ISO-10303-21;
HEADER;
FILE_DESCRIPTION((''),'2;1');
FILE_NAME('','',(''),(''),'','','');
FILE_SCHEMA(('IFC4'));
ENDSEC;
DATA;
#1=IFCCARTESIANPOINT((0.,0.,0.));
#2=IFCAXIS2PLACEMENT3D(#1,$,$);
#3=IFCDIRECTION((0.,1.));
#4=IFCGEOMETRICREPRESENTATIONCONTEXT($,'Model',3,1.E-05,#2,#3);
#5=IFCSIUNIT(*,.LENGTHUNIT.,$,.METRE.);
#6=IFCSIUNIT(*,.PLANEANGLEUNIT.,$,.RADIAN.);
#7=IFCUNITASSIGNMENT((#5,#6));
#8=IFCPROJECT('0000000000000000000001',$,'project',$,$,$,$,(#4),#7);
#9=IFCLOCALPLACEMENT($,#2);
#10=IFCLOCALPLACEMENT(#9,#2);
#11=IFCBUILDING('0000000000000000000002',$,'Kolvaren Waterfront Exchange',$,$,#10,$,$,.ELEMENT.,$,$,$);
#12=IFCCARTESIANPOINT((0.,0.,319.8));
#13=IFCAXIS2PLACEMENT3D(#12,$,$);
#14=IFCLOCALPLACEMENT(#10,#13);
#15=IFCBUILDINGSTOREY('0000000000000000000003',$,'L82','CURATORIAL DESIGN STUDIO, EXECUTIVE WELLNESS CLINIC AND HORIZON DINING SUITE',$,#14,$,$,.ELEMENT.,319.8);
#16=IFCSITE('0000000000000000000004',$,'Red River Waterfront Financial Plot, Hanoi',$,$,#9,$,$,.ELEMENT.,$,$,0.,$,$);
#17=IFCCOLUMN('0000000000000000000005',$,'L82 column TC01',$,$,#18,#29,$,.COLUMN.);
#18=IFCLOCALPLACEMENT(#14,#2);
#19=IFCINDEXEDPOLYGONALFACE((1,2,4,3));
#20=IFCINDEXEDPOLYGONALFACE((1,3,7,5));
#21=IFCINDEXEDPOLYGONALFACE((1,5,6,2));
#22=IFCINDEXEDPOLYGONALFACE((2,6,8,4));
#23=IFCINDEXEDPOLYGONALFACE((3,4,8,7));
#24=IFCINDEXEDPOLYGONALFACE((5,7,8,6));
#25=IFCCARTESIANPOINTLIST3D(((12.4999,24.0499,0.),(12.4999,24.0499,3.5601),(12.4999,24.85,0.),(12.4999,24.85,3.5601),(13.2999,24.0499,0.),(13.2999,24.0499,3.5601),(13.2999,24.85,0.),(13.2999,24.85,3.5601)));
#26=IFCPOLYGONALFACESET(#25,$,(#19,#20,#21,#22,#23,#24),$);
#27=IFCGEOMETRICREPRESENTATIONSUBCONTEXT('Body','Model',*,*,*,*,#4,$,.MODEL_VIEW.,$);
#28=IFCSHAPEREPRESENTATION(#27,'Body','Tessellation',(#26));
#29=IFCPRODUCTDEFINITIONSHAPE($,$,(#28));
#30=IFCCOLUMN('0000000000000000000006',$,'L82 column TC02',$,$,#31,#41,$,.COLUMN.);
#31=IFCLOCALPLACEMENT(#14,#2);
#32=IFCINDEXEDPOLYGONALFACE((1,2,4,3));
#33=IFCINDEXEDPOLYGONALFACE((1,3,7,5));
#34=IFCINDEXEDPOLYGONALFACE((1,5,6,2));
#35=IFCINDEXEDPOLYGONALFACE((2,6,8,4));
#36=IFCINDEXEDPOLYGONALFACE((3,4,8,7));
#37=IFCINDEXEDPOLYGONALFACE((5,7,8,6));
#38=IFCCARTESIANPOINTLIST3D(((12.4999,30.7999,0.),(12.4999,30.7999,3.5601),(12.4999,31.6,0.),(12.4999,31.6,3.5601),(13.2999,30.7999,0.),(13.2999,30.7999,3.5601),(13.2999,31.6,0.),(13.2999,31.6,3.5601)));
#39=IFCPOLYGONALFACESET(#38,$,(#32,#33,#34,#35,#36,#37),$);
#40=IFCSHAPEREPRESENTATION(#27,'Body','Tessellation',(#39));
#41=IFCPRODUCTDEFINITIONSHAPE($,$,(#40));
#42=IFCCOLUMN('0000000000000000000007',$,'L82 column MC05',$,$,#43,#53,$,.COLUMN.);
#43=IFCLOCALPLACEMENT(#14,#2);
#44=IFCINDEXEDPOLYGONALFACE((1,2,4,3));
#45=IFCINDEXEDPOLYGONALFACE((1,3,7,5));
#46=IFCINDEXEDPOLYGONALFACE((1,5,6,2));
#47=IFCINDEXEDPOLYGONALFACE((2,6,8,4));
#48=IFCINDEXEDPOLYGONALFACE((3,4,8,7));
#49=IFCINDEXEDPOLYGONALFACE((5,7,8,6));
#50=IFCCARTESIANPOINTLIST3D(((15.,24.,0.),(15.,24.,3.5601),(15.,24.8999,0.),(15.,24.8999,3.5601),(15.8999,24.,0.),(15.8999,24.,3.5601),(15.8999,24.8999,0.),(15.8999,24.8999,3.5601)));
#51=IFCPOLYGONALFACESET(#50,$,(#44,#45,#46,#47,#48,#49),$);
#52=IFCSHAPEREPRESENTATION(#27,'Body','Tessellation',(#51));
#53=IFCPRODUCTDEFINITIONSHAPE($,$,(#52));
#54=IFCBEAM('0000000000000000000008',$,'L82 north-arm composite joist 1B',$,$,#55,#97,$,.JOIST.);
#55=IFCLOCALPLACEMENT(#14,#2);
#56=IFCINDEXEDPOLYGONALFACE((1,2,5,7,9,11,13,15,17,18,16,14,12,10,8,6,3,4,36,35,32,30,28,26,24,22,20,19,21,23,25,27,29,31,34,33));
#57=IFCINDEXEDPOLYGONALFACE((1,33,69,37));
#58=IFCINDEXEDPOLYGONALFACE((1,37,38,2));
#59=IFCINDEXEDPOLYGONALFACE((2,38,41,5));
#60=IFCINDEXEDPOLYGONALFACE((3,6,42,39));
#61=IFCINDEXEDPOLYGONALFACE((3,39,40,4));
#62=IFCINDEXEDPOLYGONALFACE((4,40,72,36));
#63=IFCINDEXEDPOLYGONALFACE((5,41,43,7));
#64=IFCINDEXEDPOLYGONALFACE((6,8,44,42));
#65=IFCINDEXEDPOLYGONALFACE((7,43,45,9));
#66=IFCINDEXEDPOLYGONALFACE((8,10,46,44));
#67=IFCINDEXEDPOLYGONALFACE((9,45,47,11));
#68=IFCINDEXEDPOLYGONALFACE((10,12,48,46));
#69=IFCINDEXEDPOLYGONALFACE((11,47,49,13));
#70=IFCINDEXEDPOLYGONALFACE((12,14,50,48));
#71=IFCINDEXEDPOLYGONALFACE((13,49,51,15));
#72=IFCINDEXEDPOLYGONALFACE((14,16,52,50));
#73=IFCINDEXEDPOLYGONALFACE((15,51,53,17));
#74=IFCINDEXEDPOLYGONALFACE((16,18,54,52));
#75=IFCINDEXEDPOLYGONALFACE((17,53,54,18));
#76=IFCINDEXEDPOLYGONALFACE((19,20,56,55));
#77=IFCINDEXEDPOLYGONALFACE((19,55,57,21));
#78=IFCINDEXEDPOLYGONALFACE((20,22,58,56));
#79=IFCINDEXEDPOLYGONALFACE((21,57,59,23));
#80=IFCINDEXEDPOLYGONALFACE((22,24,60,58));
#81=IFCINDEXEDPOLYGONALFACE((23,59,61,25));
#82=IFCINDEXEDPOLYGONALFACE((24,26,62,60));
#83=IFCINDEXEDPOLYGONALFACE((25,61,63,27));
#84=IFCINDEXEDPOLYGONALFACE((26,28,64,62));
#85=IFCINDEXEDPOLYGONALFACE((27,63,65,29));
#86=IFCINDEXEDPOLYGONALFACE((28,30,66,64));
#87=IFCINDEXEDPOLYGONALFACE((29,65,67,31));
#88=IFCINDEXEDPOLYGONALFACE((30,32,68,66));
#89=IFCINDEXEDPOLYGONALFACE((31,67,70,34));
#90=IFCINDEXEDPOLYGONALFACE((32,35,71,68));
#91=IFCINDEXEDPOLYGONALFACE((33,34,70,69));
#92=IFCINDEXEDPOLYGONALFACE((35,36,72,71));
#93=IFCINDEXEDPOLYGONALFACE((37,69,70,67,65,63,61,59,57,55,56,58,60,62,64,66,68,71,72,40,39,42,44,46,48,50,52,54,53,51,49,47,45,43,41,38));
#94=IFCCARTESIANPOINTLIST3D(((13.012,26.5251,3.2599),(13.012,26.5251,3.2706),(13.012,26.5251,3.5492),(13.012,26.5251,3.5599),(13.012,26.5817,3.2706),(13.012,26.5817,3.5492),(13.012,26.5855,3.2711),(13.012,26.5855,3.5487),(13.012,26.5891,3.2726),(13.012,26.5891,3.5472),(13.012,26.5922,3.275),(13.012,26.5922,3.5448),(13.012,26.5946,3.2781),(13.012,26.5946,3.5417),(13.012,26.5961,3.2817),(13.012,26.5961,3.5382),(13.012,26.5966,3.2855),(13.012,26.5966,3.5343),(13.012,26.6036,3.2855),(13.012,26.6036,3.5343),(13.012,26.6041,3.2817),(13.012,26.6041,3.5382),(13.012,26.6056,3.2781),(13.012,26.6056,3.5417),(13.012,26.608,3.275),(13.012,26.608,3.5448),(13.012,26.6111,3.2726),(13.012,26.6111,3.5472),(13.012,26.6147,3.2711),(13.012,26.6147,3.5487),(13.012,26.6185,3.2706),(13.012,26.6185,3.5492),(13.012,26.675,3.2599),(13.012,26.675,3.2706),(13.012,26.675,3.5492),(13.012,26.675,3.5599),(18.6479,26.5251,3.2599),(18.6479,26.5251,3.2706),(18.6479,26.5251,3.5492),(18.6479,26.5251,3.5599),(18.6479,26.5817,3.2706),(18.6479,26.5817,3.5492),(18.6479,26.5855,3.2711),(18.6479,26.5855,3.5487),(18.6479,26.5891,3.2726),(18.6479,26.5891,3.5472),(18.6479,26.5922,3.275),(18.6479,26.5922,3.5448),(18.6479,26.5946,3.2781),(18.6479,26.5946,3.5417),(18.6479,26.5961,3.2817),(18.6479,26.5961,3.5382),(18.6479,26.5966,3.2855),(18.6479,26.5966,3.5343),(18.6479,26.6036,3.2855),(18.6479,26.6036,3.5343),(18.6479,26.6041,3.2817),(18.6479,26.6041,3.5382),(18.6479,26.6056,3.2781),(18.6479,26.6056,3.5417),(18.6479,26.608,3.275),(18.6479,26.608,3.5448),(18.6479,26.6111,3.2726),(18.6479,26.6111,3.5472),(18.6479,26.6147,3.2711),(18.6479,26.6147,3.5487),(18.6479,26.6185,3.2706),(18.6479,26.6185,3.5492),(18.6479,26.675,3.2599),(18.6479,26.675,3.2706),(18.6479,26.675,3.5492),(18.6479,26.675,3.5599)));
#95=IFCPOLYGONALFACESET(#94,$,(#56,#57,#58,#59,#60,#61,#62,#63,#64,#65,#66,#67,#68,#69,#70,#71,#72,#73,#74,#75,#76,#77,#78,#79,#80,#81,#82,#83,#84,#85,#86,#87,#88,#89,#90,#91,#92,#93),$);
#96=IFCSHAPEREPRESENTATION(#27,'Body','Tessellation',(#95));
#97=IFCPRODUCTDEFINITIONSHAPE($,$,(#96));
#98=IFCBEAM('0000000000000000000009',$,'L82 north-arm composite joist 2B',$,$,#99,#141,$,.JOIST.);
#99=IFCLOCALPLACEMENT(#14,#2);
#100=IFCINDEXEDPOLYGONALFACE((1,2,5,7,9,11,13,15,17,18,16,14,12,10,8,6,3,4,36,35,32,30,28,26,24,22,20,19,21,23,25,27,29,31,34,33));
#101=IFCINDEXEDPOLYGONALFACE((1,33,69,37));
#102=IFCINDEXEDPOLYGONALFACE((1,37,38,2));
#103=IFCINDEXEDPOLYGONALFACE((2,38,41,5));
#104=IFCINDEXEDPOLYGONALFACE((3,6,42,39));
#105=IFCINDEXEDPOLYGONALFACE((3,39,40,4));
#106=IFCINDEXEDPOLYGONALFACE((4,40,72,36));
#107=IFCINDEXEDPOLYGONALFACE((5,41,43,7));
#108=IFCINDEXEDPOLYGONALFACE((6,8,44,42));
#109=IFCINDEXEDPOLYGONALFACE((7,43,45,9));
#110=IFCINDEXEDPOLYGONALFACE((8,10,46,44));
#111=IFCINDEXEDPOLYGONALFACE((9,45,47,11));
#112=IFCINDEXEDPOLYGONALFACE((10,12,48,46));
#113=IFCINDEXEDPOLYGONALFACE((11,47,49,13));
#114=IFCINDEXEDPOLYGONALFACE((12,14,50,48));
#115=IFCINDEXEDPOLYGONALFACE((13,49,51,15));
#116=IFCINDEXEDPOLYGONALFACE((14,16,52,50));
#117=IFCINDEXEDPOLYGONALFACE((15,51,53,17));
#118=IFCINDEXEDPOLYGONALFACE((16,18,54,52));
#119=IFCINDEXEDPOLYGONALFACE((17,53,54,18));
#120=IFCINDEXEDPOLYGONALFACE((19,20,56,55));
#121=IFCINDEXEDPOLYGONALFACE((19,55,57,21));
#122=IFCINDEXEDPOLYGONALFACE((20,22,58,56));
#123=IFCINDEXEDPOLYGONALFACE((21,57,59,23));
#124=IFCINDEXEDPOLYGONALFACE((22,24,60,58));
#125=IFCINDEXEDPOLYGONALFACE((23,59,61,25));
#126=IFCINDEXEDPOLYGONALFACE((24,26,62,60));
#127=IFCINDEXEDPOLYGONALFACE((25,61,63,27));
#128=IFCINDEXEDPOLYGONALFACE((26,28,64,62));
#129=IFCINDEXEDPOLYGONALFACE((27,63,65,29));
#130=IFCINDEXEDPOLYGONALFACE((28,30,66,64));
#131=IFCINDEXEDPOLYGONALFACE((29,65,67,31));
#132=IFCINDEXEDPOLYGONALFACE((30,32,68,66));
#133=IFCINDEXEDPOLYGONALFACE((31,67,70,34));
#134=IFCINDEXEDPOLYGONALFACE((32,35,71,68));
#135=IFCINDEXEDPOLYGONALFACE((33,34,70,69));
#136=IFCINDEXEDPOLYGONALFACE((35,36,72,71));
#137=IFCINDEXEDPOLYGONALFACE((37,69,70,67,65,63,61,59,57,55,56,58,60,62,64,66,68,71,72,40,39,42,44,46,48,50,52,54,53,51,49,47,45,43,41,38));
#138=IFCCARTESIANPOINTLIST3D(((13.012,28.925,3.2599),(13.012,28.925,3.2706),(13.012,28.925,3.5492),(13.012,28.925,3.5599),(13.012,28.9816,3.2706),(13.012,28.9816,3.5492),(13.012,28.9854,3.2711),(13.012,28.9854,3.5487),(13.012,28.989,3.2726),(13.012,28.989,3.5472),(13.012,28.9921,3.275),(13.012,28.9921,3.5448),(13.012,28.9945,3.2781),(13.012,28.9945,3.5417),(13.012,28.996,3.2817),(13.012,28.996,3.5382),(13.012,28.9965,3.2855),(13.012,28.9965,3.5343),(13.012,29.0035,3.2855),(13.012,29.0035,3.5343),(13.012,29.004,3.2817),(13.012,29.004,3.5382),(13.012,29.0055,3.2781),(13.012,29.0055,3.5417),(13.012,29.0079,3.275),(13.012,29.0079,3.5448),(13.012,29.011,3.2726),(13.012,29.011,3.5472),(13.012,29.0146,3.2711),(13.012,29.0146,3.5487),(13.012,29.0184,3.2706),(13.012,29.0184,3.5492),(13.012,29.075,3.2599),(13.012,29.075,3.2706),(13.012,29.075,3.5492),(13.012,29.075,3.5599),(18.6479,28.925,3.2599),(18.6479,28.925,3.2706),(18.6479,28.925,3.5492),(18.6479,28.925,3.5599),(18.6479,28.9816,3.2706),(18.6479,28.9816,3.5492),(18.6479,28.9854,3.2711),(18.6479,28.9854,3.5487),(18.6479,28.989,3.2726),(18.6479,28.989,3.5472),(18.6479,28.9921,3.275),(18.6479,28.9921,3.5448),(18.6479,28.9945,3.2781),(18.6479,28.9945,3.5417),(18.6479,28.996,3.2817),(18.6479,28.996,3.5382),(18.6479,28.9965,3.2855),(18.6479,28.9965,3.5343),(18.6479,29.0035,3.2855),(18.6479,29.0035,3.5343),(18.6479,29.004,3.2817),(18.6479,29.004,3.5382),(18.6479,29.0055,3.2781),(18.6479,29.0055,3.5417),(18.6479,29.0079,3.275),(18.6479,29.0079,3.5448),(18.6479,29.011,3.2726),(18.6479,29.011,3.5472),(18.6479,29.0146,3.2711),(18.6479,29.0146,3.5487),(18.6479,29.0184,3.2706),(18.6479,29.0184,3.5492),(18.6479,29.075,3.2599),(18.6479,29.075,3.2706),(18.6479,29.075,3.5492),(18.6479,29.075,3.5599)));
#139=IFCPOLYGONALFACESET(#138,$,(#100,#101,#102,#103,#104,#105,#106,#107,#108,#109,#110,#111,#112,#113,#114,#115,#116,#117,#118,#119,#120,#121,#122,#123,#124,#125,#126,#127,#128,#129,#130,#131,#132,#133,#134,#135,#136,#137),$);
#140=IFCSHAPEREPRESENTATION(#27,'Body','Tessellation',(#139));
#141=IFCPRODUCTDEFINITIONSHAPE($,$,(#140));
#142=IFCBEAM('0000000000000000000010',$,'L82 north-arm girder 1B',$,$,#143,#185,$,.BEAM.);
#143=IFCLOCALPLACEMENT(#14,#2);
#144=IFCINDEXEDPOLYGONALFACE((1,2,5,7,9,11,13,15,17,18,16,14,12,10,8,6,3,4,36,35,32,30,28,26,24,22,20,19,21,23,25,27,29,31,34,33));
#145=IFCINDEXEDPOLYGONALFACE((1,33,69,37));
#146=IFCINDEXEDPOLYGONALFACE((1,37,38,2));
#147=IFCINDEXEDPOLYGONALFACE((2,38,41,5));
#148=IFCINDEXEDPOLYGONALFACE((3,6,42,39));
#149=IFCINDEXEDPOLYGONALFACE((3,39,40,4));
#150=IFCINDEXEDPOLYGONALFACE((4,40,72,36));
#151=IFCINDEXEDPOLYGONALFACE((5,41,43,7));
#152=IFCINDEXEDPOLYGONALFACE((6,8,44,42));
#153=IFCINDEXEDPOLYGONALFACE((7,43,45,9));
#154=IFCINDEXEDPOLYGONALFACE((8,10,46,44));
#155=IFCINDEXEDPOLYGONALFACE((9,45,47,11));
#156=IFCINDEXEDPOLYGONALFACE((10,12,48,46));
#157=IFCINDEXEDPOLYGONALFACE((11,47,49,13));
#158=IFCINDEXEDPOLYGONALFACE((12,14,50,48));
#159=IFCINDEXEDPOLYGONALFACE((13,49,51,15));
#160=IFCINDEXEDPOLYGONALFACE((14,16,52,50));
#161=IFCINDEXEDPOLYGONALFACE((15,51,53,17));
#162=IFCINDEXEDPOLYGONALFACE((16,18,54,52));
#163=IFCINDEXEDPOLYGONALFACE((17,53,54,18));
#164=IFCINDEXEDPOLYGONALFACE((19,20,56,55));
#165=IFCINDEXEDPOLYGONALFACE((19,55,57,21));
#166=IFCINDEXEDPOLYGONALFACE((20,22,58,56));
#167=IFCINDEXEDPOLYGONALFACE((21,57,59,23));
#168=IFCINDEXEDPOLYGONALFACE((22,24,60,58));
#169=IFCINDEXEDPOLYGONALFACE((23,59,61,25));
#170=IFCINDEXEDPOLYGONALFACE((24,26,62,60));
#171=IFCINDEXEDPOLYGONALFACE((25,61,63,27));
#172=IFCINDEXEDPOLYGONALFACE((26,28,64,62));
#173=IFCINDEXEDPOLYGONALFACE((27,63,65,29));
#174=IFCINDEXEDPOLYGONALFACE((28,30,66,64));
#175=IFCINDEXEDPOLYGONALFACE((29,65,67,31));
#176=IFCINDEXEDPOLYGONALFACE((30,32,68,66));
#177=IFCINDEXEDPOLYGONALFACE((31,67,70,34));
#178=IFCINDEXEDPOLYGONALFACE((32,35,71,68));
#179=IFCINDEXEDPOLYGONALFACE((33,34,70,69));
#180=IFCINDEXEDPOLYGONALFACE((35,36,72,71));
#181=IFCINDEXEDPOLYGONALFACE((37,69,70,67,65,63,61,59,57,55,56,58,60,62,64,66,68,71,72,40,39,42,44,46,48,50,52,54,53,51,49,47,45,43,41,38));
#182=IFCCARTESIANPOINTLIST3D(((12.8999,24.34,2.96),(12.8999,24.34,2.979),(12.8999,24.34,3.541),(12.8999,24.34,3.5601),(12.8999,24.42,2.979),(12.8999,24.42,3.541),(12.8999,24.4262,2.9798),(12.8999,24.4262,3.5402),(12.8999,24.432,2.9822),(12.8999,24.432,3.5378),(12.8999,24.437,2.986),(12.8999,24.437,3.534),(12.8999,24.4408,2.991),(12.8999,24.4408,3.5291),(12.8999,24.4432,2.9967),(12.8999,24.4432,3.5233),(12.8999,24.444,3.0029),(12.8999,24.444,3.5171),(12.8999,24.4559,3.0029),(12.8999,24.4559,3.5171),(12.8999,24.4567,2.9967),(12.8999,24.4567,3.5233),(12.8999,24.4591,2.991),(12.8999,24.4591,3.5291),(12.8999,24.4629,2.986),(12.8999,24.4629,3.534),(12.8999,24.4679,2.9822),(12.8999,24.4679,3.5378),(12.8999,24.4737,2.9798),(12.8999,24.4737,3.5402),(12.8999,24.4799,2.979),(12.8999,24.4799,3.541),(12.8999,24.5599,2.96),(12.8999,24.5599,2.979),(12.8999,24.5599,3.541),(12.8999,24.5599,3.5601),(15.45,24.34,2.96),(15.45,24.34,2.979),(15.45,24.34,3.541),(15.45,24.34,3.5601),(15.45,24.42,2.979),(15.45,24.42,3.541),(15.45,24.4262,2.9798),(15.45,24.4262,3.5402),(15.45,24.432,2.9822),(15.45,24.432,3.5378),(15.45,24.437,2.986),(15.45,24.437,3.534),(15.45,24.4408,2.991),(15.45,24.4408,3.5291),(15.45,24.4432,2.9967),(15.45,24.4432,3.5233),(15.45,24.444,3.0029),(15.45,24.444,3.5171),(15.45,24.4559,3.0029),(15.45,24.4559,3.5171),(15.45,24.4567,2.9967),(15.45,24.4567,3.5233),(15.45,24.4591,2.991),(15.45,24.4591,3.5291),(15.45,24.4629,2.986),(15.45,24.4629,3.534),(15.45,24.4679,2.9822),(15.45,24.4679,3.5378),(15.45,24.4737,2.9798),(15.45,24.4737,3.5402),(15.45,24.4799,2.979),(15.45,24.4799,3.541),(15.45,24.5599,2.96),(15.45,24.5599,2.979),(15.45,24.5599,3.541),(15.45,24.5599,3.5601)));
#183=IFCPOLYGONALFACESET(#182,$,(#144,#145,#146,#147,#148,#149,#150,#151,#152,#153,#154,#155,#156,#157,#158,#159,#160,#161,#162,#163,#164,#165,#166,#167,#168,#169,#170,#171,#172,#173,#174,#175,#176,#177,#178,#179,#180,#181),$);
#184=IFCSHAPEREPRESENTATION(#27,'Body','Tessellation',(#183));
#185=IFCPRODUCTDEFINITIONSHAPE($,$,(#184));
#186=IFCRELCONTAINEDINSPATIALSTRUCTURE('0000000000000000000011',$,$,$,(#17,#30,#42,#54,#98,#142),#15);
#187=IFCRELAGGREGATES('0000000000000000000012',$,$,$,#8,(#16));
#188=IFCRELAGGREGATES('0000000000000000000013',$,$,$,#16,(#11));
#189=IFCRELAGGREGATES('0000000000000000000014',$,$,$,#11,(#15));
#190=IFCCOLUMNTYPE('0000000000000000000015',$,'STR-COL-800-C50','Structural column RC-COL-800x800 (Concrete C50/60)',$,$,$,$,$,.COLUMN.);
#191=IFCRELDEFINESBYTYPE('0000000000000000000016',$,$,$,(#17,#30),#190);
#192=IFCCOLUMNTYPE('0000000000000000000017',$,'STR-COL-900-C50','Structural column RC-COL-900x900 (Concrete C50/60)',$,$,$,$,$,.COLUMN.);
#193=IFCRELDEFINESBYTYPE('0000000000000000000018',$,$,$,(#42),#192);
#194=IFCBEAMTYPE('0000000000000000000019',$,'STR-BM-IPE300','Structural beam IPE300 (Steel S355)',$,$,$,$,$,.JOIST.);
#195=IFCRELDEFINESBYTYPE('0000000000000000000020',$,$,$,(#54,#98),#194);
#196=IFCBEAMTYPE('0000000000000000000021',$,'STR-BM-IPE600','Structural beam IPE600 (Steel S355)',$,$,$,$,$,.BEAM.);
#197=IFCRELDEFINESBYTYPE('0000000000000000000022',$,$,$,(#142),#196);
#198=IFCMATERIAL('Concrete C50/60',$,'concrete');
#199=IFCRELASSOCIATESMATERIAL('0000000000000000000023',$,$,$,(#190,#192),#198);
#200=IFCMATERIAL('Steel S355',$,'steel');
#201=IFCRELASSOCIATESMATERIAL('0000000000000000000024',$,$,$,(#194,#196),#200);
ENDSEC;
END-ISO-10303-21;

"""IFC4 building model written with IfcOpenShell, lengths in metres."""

from ifc_helpers import new_model, si_unit, direction, frame, origin, origin_2d, place, context, subcontext, project, spatial, rectangle, i_section, extrude, material, material_profile, profile_set, type_object, element, save


model = new_model("IFC4")

# Units and contexts
model_context = context("Model", 3, precision=1e-05, world=origin(), true_north=direction((0.0, 1.0)))
body_context = subcontext(model_context, "Body", "Model", "MODEL_VIEW")
ifc_project = project(units=[si_unit("LENGTHUNIT", "METRE"), si_unit("PLANEANGLEUNIT", "RADIAN")], contexts=[model_context])

# Site, building, storey
site_placement = place(None, origin())
site = spatial("IfcSite", under=ifc_project, at=site_placement, Name="Red River Waterfront Financial Plot, Hanoi", CompositionType="ELEMENT", RefElevation=0.0)
building_placement = place(site_placement, origin())
building = spatial("IfcBuilding", under=site, at=building_placement, Name="Kolvaren Waterfront Exchange", CompositionType="ELEMENT")
storey_placement = place(building_placement, frame((0.0, 0.0, 319.8)))
storey = spatial("IfcBuildingStorey", under=building, at=storey_placement, Name="L82", Description="CURATORIAL DESIGN STUDIO, EXECUTIVE WELLNESS CLINIC AND HORIZON DINING SUITE", CompositionType="ELEMENT", Elevation=319.8)

# Columns
ifc_material_1 = material(Name="Concrete C50/60", Category="concrete")
ifc_material_profile_1 = material_profile(ifc_material_1, rectangle(XDim=0.8, YDim=0.8, at=origin_2d()), Name="RC-COL-800x800")
ifc_profile_set_1 = profile_set([ifc_material_profile_1], Name="Concrete C50/60")
column_type_1 = type_object("IfcColumnType", Name="STR-COL-800-C50", Description="Structural column RC-COL-800x800 (Concrete C50/60)", PredefinedType="COLUMN", material=ifc_profile_set_1)
for number, where, z_axis, x_axis, name in (
    (1, (12.8999, 24.45, 0.0), (0.0, 0.0, 1.0), (1.0, 0.0, 0.0), "L82 column TC01"),
    (2, (12.8999, 31.2, 0.0), (0.0, 0.0, 1.0), (1.0, 0.0, 0.0), "L82 column TC02"),
):
    element("IfcColumn", number, at=place(storey_placement, frame(where, z_axis=z_axis, x_axis=x_axis)), inside=storey, type_object=column_type_1, Name=name, PredefinedType="COLUMN", context=body_context, shape_type="SweptSolid", body=[
        extrude(rectangle(XDim=0.8, YDim=0.8, at=origin_2d()), origin(), (0.0, 0.0, 1.0), 3.5601),
    ])
ifc_material_profile_2 = material_profile(ifc_material_1, rectangle(XDim=0.8999, YDim=0.8999, at=origin_2d()), Name="RC-COL-900x900")
ifc_profile_set_2 = profile_set([ifc_material_profile_2], Name="Concrete C50/60")
column_type_2 = type_object("IfcColumnType", Name="STR-COL-900-C50", Description="Structural column RC-COL-900x900 (Concrete C50/60)", PredefinedType="COLUMN", material=ifc_profile_set_2)
column_placement = place(storey_placement, frame((15.45, 24.45, 0.0), z_axis=(0.0, 0.0, 1.0), x_axis=(1.0, 0.0, 0.0)))
element("IfcColumn", 3, at=column_placement, inside=storey, type_object=column_type_2, Name="L82 column MC05", PredefinedType="COLUMN", context=body_context, shape_type="SweptSolid", body=[
    extrude(rectangle(XDim=0.8999, YDim=0.8999, at=origin_2d()), origin(), (0.0, 0.0, 1.0), 3.5601),
])

# Beams
ifc_material_2 = material(Name="Steel S355", Category="steel")
ifc_material_profile_3 = material_profile(ifc_material_2, i_section(OverallWidth=0.1499, OverallDepth=0.3, WebThickness=0.0071, FlangeThickness=0.0107, FilletRadius=0.0149, at=origin_2d()), Name="IPE300")
ifc_profile_set_3 = profile_set([ifc_material_profile_3], Name="Steel S355")
beam_type_1 = type_object("IfcBeamType", Name="STR-BM-IPE300", Description="Structural beam IPE300 (Steel S355)", PredefinedType="JOIST", material=ifc_profile_set_3)
for number, where, z_axis, x_axis, name in (
    (4, (13.012, 26.6001, 3.4099), (1.0, 0.0, 0.0), (0.0, 1.0, 0.0), "L82 north-arm composite joist 1B"),
    (5, (13.012, 29.0, 3.4099), (1.0, 0.0, 0.0), (0.0, 1.0, 0.0), "L82 north-arm composite joist 2B"),
):
    element("IfcBeam", number, at=place(storey_placement, frame(where, z_axis=z_axis, x_axis=x_axis)), inside=storey, type_object=beam_type_1, Name=name, PredefinedType="JOIST", context=body_context, shape_type="SweptSolid", body=[
        extrude(i_section(OverallWidth=0.1499, OverallDepth=0.3, WebThickness=0.0071, FlangeThickness=0.0107, FilletRadius=0.0149, at=origin_2d()), origin(), (0.0, 0.0, 1.0), 5.636),
    ])
ifc_material_profile_4 = material_profile(ifc_material_2, i_section(OverallWidth=0.22, OverallDepth=0.6001, WebThickness=0.012, FlangeThickness=0.019, FilletRadius=0.0239, at=origin_2d()), Name="IPE600")
ifc_profile_set_4 = profile_set([ifc_material_profile_4], Name="Steel S355")
beam_type_2 = type_object("IfcBeamType", Name="STR-BM-IPE600", Description="Structural beam IPE600 (Steel S355)", PredefinedType="BEAM", material=ifc_profile_set_4)
beam_1_placement = place(storey_placement, frame((12.8999, 24.45, 3.26), z_axis=(1.0, 0.0, 0.0), x_axis=(0.0, 1.0, 0.0)))
element("IfcBeam", 6, at=beam_1_placement, inside=storey, type_object=beam_type_2, Name="L82 north-arm girder 1B", PredefinedType="BEAM", context=body_context, shape_type="SweptSolid", body=[
    extrude(i_section(OverallWidth=0.22, OverallDepth=0.6001, WebThickness=0.012, FlangeThickness=0.019, FilletRadius=0.0239, at=origin_2d()), origin(), (0.0, 0.0, 1.0), 2.55),
])

save(model, "model.ifc")
